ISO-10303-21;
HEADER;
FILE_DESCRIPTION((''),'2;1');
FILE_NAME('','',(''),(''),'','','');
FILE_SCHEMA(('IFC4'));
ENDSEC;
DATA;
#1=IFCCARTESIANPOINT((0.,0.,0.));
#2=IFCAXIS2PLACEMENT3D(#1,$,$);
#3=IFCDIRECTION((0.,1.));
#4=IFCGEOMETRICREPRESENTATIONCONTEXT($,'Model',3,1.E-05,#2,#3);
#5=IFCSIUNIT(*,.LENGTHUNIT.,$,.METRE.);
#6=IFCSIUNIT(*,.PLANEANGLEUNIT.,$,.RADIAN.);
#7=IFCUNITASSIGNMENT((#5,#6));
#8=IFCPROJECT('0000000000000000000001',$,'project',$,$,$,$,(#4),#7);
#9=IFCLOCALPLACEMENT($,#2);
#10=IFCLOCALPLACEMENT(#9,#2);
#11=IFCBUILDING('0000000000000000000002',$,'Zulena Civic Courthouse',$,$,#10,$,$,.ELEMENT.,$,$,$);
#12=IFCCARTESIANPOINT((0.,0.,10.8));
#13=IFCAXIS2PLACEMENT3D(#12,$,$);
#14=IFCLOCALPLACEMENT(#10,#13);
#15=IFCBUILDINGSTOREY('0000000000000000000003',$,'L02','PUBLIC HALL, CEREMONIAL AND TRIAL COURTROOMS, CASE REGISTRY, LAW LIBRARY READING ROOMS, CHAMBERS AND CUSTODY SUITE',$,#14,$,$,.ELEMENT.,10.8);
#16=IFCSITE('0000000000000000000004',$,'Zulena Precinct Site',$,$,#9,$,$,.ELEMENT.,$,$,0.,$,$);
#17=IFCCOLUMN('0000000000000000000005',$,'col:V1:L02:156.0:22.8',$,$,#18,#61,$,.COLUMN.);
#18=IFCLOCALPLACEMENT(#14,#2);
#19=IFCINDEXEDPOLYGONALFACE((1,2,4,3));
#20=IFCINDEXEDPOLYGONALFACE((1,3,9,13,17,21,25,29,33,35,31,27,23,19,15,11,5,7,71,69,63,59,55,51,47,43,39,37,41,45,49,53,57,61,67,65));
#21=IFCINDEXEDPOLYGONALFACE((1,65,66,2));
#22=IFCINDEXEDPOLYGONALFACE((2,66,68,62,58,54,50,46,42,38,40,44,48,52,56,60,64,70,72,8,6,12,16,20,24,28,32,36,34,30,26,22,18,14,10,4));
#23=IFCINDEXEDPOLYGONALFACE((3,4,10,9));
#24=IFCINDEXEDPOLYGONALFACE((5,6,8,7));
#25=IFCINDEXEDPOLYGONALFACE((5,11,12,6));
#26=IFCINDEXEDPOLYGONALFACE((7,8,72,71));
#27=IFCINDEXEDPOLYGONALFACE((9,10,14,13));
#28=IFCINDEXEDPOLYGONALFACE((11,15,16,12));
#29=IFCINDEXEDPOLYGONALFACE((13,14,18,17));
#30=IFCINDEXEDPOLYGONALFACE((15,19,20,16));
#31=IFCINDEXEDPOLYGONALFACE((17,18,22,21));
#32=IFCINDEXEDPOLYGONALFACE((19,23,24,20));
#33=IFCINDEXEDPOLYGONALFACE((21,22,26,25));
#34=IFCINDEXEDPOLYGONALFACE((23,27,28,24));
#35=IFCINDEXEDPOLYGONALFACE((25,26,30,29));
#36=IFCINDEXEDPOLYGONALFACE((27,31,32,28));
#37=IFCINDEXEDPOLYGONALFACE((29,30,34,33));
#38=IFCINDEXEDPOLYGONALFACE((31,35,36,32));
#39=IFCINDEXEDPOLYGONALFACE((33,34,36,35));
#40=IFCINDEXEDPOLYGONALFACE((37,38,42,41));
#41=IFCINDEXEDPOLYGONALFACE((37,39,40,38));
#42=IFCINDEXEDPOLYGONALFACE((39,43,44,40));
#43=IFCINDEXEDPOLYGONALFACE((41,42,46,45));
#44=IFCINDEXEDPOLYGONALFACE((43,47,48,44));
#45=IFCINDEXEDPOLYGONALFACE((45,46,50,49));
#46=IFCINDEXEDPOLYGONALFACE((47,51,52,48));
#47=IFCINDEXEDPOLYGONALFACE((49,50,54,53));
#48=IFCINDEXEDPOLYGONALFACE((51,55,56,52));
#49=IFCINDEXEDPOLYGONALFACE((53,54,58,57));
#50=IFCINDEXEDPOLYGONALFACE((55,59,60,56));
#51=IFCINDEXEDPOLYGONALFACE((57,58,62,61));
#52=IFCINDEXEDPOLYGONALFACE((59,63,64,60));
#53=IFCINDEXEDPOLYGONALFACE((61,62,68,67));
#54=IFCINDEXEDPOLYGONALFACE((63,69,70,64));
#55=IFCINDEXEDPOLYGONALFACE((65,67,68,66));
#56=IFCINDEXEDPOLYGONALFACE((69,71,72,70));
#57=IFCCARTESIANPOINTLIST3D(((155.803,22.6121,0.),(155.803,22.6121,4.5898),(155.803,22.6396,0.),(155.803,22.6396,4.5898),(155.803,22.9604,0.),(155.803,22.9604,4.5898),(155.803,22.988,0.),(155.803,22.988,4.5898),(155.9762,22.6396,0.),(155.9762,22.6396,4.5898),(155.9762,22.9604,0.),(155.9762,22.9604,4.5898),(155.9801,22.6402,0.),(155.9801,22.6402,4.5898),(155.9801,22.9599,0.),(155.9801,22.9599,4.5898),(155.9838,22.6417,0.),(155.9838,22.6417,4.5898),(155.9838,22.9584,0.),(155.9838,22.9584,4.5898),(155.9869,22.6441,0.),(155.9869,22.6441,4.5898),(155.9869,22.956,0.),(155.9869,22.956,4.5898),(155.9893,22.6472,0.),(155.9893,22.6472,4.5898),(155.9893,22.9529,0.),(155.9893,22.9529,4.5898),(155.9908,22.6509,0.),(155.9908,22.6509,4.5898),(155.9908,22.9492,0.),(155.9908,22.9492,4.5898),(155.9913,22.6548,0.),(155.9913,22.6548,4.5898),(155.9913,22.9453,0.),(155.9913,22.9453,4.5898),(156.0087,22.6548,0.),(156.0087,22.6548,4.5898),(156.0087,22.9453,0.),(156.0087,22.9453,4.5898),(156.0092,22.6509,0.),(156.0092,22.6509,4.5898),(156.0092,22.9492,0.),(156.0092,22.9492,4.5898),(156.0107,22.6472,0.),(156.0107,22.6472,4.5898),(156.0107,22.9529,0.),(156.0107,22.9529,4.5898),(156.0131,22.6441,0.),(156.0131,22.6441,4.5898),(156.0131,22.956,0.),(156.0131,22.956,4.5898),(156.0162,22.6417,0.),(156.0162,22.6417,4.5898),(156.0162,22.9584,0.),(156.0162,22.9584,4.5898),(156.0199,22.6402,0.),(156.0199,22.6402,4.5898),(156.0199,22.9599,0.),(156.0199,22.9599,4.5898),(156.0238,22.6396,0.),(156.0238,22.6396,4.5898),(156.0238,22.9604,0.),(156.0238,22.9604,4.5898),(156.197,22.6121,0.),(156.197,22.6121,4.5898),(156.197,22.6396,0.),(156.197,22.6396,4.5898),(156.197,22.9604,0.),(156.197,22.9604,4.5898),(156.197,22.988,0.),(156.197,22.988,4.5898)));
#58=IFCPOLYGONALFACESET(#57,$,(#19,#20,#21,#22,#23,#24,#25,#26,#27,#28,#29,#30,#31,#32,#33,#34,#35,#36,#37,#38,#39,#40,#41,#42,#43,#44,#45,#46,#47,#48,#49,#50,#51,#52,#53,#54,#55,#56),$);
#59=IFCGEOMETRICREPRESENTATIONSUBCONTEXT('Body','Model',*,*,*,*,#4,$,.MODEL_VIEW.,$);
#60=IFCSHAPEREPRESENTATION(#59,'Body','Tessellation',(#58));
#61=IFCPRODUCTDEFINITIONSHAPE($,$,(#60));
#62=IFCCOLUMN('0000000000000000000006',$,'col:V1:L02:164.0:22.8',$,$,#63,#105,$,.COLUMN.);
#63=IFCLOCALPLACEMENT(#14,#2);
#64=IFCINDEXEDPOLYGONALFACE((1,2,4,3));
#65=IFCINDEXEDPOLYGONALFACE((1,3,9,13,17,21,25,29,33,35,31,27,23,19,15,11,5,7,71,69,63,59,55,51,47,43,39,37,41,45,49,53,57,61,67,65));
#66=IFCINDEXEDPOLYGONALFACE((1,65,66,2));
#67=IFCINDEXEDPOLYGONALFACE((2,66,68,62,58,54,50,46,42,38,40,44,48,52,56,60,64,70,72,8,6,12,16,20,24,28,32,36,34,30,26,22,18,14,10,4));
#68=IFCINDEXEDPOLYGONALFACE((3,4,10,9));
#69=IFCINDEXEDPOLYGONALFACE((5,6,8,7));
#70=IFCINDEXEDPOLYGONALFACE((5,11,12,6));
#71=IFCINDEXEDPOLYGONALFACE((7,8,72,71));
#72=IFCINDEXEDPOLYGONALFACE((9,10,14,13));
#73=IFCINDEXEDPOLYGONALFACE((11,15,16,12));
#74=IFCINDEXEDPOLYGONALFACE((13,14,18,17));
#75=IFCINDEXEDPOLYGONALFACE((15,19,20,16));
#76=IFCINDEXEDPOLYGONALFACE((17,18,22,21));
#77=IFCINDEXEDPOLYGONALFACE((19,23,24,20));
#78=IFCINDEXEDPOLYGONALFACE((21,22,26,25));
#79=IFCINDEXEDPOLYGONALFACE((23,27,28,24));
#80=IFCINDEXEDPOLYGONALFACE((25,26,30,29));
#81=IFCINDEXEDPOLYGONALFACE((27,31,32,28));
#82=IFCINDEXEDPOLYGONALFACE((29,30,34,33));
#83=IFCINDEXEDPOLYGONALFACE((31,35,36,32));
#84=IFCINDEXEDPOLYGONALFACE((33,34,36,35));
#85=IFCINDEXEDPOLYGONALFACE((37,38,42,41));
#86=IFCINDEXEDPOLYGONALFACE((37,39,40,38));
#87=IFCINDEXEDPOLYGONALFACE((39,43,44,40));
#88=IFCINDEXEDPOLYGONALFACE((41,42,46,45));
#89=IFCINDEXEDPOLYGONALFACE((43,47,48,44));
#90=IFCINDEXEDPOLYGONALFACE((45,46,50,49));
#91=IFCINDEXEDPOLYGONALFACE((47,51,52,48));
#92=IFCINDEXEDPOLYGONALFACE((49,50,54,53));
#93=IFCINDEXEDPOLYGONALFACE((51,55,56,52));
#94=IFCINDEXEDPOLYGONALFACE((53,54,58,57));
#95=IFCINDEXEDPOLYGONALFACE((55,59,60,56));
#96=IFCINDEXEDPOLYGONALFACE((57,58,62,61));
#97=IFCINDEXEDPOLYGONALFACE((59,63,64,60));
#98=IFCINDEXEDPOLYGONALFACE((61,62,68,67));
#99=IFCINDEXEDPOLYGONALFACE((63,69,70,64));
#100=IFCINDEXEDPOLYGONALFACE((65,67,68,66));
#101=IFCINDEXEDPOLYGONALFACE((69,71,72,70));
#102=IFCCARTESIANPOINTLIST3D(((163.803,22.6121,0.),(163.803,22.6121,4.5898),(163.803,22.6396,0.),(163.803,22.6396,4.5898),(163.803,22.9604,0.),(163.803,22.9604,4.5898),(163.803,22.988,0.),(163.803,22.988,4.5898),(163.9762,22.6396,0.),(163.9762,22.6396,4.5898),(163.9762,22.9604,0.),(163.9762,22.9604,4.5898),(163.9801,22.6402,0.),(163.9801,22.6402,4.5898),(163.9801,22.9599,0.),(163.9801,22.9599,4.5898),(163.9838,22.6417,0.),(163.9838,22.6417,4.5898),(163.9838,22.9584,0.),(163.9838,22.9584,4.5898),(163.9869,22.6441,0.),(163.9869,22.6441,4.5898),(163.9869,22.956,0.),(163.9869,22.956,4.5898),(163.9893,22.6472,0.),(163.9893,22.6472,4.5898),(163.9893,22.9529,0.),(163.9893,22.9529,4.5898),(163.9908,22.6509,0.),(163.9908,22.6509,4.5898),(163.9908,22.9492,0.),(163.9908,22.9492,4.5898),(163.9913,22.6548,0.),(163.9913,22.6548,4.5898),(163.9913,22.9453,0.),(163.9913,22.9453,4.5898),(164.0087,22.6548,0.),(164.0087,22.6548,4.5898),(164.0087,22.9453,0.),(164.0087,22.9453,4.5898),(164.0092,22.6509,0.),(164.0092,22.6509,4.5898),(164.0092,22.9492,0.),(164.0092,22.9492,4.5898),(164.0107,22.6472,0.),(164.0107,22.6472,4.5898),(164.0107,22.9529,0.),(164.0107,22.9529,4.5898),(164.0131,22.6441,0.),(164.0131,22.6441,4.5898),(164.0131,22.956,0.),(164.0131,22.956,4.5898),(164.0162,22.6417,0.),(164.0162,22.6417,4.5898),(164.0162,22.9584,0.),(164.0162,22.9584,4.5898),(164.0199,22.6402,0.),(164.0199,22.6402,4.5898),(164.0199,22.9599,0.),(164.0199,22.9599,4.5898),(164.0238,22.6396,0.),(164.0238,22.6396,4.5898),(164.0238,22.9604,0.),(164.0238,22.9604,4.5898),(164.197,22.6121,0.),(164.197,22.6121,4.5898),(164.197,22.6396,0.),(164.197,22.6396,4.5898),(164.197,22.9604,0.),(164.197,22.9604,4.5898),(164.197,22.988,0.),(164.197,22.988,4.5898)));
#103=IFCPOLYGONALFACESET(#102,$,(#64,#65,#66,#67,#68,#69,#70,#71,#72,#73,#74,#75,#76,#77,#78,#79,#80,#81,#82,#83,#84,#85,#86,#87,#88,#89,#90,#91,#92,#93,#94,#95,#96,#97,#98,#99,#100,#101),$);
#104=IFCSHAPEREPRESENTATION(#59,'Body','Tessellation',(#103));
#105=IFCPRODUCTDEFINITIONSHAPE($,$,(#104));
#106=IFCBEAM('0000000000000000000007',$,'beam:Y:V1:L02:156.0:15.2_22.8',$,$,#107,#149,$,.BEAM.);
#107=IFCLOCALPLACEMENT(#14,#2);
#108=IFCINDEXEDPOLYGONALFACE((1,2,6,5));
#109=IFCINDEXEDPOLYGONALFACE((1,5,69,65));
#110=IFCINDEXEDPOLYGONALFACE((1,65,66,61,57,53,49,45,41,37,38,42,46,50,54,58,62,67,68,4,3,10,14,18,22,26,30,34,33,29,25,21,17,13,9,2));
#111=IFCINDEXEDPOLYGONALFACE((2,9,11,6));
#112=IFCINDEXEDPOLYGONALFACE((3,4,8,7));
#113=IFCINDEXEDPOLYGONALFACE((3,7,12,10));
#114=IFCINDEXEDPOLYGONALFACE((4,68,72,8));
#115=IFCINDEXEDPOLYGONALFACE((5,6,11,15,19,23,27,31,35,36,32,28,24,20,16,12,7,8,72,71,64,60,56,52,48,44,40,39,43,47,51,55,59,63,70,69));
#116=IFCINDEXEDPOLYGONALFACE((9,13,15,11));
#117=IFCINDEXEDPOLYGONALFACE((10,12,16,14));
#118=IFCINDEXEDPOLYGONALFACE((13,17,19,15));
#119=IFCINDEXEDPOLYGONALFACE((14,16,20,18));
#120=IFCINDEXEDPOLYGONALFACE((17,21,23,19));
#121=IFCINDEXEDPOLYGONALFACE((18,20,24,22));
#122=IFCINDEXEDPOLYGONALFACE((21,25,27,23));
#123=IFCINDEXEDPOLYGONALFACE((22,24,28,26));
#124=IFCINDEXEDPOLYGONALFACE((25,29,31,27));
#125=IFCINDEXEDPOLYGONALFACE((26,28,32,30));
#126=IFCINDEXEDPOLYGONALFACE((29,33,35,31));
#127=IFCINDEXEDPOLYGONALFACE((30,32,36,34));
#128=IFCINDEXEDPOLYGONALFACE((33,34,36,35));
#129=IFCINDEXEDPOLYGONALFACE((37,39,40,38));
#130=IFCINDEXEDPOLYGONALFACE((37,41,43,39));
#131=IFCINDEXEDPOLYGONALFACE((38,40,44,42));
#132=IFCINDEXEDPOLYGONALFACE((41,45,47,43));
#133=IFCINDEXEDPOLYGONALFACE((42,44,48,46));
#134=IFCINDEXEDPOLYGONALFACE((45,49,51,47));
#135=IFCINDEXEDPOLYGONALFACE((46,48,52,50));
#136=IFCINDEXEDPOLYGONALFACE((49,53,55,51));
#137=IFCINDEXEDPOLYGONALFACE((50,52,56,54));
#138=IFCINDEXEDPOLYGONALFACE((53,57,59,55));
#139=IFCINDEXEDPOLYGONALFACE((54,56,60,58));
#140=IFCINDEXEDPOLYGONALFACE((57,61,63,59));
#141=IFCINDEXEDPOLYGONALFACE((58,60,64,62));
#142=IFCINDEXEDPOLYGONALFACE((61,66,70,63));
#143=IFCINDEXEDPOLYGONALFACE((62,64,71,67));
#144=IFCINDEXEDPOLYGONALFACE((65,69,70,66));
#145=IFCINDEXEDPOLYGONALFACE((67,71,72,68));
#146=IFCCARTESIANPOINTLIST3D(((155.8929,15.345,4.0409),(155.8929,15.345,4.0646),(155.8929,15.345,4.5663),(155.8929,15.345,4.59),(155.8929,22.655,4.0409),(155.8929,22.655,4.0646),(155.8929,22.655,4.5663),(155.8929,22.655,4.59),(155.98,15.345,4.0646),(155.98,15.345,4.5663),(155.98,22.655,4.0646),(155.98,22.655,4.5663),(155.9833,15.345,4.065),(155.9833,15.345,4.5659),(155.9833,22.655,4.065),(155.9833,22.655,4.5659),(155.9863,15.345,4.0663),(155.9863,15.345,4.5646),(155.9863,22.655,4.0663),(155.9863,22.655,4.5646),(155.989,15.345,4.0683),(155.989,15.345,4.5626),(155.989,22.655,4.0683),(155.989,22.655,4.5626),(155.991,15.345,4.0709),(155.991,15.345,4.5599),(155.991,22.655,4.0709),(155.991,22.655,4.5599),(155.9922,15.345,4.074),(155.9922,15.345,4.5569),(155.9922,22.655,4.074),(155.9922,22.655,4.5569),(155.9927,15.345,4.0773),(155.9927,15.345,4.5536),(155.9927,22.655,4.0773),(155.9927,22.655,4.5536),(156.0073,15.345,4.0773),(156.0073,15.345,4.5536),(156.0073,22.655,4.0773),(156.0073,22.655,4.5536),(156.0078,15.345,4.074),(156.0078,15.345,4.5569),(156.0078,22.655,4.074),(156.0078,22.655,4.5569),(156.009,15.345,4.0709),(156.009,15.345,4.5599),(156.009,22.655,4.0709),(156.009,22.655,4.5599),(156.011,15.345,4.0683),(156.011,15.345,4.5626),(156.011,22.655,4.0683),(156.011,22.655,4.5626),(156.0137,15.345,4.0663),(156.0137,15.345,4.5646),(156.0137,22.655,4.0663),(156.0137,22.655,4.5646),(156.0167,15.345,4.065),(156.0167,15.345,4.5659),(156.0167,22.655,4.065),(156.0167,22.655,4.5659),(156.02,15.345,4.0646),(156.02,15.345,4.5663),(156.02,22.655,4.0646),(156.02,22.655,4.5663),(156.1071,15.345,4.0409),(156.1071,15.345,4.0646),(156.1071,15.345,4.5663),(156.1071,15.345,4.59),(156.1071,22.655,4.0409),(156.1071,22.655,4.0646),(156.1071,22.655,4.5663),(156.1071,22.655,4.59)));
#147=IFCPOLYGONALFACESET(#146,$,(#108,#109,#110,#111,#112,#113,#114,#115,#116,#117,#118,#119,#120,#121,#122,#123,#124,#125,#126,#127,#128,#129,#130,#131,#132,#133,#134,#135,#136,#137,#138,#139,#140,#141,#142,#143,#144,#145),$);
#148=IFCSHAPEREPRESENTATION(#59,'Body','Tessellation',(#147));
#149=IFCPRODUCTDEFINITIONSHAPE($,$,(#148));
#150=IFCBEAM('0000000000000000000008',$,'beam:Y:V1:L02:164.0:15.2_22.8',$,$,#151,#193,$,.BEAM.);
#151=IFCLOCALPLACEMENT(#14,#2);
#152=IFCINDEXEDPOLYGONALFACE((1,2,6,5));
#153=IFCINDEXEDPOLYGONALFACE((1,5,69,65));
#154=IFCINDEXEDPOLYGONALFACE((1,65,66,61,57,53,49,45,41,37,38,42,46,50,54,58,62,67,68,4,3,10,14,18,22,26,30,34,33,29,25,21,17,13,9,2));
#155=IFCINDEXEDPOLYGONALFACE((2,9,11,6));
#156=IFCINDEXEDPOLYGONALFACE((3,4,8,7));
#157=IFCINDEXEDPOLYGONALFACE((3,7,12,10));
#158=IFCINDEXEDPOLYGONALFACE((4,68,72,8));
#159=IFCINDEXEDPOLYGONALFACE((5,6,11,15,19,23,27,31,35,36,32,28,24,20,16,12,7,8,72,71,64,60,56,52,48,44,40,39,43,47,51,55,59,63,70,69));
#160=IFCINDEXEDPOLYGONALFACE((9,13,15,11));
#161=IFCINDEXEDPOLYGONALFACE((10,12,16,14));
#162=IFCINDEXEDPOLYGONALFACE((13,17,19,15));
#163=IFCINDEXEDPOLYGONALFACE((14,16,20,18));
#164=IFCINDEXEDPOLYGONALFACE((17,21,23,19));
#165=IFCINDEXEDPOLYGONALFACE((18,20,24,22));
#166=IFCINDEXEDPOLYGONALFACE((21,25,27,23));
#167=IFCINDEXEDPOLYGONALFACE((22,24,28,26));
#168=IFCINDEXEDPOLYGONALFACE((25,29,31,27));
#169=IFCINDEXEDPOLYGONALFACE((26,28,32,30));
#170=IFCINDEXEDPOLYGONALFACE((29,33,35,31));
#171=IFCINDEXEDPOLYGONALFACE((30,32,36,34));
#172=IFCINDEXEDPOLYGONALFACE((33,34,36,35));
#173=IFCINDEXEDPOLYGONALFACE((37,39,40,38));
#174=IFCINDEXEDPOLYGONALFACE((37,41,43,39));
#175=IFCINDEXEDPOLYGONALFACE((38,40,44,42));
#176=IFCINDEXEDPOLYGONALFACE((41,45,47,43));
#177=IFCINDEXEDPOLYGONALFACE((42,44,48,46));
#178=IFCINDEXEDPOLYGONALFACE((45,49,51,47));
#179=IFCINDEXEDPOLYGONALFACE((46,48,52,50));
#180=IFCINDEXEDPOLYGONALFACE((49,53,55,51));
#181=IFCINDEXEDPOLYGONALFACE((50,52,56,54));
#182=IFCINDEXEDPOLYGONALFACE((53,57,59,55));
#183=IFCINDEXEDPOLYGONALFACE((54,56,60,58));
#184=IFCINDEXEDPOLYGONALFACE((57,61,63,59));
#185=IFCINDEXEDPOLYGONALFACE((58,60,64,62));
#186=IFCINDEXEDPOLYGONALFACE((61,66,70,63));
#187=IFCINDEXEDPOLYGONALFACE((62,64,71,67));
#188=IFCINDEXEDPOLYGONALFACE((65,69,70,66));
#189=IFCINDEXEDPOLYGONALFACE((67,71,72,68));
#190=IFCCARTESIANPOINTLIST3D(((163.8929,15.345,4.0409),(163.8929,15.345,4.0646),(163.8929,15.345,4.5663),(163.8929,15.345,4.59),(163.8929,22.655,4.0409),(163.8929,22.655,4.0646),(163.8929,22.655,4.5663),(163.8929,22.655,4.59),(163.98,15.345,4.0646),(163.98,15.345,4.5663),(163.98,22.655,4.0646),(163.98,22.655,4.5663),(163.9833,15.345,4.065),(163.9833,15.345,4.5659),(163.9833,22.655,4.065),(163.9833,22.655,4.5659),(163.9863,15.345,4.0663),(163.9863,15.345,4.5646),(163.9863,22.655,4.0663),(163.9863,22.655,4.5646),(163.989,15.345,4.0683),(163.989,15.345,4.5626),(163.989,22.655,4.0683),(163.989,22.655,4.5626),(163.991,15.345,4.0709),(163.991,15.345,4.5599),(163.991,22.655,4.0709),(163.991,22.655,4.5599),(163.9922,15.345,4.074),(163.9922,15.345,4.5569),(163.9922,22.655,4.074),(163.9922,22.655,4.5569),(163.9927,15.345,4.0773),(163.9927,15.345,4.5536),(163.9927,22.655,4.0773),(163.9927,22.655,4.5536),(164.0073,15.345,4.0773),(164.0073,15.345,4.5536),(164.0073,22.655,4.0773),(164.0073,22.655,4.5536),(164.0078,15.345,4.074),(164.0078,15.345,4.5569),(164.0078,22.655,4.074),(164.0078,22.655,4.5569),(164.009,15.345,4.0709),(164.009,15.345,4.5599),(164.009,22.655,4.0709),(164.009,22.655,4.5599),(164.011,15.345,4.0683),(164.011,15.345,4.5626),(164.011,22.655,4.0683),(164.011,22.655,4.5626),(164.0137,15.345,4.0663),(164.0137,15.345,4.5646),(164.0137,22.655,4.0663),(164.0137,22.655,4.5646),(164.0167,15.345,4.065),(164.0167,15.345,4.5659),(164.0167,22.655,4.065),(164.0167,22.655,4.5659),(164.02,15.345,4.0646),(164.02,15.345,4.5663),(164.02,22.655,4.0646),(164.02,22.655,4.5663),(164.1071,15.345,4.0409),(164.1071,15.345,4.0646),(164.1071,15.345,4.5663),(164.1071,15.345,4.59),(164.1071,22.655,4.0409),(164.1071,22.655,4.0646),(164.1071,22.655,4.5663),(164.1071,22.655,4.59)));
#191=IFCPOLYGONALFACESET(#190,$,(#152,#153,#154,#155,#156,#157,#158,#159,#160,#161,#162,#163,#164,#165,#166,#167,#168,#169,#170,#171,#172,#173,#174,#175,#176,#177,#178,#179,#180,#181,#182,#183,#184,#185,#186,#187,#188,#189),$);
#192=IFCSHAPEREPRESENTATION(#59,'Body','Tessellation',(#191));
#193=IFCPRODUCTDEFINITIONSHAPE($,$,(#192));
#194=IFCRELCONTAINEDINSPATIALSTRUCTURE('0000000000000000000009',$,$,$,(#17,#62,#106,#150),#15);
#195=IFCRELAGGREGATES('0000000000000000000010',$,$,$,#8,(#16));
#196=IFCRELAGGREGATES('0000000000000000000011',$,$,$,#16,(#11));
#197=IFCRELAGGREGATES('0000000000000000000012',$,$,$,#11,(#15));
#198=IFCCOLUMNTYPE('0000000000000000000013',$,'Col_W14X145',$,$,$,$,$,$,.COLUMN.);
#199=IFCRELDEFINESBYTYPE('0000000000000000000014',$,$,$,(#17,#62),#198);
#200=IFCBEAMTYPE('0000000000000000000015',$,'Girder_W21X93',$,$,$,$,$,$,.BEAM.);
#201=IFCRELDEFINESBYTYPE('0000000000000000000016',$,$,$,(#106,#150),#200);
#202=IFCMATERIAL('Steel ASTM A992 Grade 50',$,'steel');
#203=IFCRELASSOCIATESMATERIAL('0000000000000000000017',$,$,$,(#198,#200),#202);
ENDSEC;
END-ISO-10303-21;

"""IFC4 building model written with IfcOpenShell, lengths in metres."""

from ifc_helpers import new_model, si_unit, direction, frame, origin, origin_2d, place, context, subcontext, project, spatial, i_section, extrude, material, material_profile, profile_set, type_object, element, save


model = new_model("IFC4")

# Units and contexts
model_context = context("Model", 3, precision=1e-05, world=origin(), true_north=direction((0.0, 1.0)))
body_context = subcontext(model_context, "Body", "Model", "MODEL_VIEW")
ifc_project = project(units=[si_unit("LENGTHUNIT", "METRE"), si_unit("PLANEANGLEUNIT", "RADIAN")], contexts=[model_context])

# Site, building, storey
site_placement = place(None, origin())
site = spatial("IfcSite", under=ifc_project, at=site_placement, Name="Zulena Precinct Site", CompositionType="ELEMENT", RefElevation=0.0)
building_placement = place(site_placement, origin())
building = spatial("IfcBuilding", under=site, at=building_placement, Name="Zulena Civic Courthouse", CompositionType="ELEMENT")
storey_placement = place(building_placement, frame((0.0, 0.0, 10.8)))
storey = spatial("IfcBuildingStorey", under=building, at=storey_placement, Name="L02", Description="PUBLIC HALL, CEREMONIAL AND TRIAL COURTROOMS, CASE REGISTRY, LAW LIBRARY READING ROOMS, CHAMBERS AND CUSTODY SUITE", CompositionType="ELEMENT", Elevation=10.8)

# Columns
ifc_material_1 = material(Name="Steel ASTM A992 Grade 50", Category="steel")
ifc_material_profile_1 = material_profile(ifc_material_1, i_section(OverallWidth=0.394, OverallDepth=0.376, WebThickness=0.0173, FlangeThickness=0.0276, FilletRadius=0.0151, at=origin_2d()), Name="W14X145")
ifc_profile_set_1 = profile_set([ifc_material_profile_1], Name="Steel ASTM A992 Grade 50")
column_type_1 = type_object("IfcColumnType", Name="Col_W14X145", PredefinedType="COLUMN", material=ifc_profile_set_1)
for number, where, z_axis, x_axis, name in (
    (1, (156.0, 22.8, 0.0), (0.0, 0.0, 1.0), (1.0, 0.0, 0.0), "col:V1:L02:156.0:22.8"),
    (2, (164.0, 22.8, 0.0), (0.0, 0.0, 1.0), (1.0, 0.0, 0.0), "col:V1:L02:164.0:22.8"),
):
    element("IfcColumn", number, at=place(storey_placement, frame(where, z_axis=z_axis, x_axis=x_axis)), inside=storey, type_object=column_type_1, Name=name, PredefinedType="COLUMN", context=body_context, shape_type="SweptSolid", body=[
        extrude(i_section(OverallWidth=0.394, OverallDepth=0.376, WebThickness=0.0173, FlangeThickness=0.0276, FilletRadius=0.0151, at=origin_2d()), origin(), (0.0, 0.0, 1.0), 4.5898),
    ])

# Beams
ifc_material_profile_2 = material_profile(ifc_material_1, i_section(OverallWidth=0.2141, OverallDepth=0.5491, WebThickness=0.0146, FlangeThickness=0.0237, FilletRadius=0.0127, at=origin_2d()), Name="W21X93")
ifc_profile_set_2 = profile_set([ifc_material_profile_2], Name="Steel ASTM A992 Grade 50")
beam_type_1 = type_object("IfcBeamType", Name="Girder_W21X93", PredefinedType="BEAM", material=ifc_profile_set_2)
for number, where, z_axis, x_axis, name in (
    (3, (156.0, 15.345, 4.3154), (0.0, 1.0, 0.0), (-1.0, 0.0, 0.0), "beam:Y:V1:L02:156.0:15.2_22.8"),
    (4, (164.0, 15.345, 4.3154), (0.0, 1.0, 0.0), (-1.0, 0.0, 0.0), "beam:Y:V1:L02:164.0:15.2_22.8"),
):
    element("IfcBeam", number, at=place(storey_placement, frame(where, z_axis=z_axis, x_axis=x_axis)), inside=storey, type_object=beam_type_1, Name=name, PredefinedType="BEAM", context=body_context, shape_type="SweptSolid", body=[
        extrude(i_section(OverallWidth=0.2141, OverallDepth=0.5491, WebThickness=0.0146, FlangeThickness=0.0237, FilletRadius=0.0127, at=origin_2d()), origin(), (0.0, 0.0, 1.0), 7.3101),
    ])

save(model, "model.ifc")
